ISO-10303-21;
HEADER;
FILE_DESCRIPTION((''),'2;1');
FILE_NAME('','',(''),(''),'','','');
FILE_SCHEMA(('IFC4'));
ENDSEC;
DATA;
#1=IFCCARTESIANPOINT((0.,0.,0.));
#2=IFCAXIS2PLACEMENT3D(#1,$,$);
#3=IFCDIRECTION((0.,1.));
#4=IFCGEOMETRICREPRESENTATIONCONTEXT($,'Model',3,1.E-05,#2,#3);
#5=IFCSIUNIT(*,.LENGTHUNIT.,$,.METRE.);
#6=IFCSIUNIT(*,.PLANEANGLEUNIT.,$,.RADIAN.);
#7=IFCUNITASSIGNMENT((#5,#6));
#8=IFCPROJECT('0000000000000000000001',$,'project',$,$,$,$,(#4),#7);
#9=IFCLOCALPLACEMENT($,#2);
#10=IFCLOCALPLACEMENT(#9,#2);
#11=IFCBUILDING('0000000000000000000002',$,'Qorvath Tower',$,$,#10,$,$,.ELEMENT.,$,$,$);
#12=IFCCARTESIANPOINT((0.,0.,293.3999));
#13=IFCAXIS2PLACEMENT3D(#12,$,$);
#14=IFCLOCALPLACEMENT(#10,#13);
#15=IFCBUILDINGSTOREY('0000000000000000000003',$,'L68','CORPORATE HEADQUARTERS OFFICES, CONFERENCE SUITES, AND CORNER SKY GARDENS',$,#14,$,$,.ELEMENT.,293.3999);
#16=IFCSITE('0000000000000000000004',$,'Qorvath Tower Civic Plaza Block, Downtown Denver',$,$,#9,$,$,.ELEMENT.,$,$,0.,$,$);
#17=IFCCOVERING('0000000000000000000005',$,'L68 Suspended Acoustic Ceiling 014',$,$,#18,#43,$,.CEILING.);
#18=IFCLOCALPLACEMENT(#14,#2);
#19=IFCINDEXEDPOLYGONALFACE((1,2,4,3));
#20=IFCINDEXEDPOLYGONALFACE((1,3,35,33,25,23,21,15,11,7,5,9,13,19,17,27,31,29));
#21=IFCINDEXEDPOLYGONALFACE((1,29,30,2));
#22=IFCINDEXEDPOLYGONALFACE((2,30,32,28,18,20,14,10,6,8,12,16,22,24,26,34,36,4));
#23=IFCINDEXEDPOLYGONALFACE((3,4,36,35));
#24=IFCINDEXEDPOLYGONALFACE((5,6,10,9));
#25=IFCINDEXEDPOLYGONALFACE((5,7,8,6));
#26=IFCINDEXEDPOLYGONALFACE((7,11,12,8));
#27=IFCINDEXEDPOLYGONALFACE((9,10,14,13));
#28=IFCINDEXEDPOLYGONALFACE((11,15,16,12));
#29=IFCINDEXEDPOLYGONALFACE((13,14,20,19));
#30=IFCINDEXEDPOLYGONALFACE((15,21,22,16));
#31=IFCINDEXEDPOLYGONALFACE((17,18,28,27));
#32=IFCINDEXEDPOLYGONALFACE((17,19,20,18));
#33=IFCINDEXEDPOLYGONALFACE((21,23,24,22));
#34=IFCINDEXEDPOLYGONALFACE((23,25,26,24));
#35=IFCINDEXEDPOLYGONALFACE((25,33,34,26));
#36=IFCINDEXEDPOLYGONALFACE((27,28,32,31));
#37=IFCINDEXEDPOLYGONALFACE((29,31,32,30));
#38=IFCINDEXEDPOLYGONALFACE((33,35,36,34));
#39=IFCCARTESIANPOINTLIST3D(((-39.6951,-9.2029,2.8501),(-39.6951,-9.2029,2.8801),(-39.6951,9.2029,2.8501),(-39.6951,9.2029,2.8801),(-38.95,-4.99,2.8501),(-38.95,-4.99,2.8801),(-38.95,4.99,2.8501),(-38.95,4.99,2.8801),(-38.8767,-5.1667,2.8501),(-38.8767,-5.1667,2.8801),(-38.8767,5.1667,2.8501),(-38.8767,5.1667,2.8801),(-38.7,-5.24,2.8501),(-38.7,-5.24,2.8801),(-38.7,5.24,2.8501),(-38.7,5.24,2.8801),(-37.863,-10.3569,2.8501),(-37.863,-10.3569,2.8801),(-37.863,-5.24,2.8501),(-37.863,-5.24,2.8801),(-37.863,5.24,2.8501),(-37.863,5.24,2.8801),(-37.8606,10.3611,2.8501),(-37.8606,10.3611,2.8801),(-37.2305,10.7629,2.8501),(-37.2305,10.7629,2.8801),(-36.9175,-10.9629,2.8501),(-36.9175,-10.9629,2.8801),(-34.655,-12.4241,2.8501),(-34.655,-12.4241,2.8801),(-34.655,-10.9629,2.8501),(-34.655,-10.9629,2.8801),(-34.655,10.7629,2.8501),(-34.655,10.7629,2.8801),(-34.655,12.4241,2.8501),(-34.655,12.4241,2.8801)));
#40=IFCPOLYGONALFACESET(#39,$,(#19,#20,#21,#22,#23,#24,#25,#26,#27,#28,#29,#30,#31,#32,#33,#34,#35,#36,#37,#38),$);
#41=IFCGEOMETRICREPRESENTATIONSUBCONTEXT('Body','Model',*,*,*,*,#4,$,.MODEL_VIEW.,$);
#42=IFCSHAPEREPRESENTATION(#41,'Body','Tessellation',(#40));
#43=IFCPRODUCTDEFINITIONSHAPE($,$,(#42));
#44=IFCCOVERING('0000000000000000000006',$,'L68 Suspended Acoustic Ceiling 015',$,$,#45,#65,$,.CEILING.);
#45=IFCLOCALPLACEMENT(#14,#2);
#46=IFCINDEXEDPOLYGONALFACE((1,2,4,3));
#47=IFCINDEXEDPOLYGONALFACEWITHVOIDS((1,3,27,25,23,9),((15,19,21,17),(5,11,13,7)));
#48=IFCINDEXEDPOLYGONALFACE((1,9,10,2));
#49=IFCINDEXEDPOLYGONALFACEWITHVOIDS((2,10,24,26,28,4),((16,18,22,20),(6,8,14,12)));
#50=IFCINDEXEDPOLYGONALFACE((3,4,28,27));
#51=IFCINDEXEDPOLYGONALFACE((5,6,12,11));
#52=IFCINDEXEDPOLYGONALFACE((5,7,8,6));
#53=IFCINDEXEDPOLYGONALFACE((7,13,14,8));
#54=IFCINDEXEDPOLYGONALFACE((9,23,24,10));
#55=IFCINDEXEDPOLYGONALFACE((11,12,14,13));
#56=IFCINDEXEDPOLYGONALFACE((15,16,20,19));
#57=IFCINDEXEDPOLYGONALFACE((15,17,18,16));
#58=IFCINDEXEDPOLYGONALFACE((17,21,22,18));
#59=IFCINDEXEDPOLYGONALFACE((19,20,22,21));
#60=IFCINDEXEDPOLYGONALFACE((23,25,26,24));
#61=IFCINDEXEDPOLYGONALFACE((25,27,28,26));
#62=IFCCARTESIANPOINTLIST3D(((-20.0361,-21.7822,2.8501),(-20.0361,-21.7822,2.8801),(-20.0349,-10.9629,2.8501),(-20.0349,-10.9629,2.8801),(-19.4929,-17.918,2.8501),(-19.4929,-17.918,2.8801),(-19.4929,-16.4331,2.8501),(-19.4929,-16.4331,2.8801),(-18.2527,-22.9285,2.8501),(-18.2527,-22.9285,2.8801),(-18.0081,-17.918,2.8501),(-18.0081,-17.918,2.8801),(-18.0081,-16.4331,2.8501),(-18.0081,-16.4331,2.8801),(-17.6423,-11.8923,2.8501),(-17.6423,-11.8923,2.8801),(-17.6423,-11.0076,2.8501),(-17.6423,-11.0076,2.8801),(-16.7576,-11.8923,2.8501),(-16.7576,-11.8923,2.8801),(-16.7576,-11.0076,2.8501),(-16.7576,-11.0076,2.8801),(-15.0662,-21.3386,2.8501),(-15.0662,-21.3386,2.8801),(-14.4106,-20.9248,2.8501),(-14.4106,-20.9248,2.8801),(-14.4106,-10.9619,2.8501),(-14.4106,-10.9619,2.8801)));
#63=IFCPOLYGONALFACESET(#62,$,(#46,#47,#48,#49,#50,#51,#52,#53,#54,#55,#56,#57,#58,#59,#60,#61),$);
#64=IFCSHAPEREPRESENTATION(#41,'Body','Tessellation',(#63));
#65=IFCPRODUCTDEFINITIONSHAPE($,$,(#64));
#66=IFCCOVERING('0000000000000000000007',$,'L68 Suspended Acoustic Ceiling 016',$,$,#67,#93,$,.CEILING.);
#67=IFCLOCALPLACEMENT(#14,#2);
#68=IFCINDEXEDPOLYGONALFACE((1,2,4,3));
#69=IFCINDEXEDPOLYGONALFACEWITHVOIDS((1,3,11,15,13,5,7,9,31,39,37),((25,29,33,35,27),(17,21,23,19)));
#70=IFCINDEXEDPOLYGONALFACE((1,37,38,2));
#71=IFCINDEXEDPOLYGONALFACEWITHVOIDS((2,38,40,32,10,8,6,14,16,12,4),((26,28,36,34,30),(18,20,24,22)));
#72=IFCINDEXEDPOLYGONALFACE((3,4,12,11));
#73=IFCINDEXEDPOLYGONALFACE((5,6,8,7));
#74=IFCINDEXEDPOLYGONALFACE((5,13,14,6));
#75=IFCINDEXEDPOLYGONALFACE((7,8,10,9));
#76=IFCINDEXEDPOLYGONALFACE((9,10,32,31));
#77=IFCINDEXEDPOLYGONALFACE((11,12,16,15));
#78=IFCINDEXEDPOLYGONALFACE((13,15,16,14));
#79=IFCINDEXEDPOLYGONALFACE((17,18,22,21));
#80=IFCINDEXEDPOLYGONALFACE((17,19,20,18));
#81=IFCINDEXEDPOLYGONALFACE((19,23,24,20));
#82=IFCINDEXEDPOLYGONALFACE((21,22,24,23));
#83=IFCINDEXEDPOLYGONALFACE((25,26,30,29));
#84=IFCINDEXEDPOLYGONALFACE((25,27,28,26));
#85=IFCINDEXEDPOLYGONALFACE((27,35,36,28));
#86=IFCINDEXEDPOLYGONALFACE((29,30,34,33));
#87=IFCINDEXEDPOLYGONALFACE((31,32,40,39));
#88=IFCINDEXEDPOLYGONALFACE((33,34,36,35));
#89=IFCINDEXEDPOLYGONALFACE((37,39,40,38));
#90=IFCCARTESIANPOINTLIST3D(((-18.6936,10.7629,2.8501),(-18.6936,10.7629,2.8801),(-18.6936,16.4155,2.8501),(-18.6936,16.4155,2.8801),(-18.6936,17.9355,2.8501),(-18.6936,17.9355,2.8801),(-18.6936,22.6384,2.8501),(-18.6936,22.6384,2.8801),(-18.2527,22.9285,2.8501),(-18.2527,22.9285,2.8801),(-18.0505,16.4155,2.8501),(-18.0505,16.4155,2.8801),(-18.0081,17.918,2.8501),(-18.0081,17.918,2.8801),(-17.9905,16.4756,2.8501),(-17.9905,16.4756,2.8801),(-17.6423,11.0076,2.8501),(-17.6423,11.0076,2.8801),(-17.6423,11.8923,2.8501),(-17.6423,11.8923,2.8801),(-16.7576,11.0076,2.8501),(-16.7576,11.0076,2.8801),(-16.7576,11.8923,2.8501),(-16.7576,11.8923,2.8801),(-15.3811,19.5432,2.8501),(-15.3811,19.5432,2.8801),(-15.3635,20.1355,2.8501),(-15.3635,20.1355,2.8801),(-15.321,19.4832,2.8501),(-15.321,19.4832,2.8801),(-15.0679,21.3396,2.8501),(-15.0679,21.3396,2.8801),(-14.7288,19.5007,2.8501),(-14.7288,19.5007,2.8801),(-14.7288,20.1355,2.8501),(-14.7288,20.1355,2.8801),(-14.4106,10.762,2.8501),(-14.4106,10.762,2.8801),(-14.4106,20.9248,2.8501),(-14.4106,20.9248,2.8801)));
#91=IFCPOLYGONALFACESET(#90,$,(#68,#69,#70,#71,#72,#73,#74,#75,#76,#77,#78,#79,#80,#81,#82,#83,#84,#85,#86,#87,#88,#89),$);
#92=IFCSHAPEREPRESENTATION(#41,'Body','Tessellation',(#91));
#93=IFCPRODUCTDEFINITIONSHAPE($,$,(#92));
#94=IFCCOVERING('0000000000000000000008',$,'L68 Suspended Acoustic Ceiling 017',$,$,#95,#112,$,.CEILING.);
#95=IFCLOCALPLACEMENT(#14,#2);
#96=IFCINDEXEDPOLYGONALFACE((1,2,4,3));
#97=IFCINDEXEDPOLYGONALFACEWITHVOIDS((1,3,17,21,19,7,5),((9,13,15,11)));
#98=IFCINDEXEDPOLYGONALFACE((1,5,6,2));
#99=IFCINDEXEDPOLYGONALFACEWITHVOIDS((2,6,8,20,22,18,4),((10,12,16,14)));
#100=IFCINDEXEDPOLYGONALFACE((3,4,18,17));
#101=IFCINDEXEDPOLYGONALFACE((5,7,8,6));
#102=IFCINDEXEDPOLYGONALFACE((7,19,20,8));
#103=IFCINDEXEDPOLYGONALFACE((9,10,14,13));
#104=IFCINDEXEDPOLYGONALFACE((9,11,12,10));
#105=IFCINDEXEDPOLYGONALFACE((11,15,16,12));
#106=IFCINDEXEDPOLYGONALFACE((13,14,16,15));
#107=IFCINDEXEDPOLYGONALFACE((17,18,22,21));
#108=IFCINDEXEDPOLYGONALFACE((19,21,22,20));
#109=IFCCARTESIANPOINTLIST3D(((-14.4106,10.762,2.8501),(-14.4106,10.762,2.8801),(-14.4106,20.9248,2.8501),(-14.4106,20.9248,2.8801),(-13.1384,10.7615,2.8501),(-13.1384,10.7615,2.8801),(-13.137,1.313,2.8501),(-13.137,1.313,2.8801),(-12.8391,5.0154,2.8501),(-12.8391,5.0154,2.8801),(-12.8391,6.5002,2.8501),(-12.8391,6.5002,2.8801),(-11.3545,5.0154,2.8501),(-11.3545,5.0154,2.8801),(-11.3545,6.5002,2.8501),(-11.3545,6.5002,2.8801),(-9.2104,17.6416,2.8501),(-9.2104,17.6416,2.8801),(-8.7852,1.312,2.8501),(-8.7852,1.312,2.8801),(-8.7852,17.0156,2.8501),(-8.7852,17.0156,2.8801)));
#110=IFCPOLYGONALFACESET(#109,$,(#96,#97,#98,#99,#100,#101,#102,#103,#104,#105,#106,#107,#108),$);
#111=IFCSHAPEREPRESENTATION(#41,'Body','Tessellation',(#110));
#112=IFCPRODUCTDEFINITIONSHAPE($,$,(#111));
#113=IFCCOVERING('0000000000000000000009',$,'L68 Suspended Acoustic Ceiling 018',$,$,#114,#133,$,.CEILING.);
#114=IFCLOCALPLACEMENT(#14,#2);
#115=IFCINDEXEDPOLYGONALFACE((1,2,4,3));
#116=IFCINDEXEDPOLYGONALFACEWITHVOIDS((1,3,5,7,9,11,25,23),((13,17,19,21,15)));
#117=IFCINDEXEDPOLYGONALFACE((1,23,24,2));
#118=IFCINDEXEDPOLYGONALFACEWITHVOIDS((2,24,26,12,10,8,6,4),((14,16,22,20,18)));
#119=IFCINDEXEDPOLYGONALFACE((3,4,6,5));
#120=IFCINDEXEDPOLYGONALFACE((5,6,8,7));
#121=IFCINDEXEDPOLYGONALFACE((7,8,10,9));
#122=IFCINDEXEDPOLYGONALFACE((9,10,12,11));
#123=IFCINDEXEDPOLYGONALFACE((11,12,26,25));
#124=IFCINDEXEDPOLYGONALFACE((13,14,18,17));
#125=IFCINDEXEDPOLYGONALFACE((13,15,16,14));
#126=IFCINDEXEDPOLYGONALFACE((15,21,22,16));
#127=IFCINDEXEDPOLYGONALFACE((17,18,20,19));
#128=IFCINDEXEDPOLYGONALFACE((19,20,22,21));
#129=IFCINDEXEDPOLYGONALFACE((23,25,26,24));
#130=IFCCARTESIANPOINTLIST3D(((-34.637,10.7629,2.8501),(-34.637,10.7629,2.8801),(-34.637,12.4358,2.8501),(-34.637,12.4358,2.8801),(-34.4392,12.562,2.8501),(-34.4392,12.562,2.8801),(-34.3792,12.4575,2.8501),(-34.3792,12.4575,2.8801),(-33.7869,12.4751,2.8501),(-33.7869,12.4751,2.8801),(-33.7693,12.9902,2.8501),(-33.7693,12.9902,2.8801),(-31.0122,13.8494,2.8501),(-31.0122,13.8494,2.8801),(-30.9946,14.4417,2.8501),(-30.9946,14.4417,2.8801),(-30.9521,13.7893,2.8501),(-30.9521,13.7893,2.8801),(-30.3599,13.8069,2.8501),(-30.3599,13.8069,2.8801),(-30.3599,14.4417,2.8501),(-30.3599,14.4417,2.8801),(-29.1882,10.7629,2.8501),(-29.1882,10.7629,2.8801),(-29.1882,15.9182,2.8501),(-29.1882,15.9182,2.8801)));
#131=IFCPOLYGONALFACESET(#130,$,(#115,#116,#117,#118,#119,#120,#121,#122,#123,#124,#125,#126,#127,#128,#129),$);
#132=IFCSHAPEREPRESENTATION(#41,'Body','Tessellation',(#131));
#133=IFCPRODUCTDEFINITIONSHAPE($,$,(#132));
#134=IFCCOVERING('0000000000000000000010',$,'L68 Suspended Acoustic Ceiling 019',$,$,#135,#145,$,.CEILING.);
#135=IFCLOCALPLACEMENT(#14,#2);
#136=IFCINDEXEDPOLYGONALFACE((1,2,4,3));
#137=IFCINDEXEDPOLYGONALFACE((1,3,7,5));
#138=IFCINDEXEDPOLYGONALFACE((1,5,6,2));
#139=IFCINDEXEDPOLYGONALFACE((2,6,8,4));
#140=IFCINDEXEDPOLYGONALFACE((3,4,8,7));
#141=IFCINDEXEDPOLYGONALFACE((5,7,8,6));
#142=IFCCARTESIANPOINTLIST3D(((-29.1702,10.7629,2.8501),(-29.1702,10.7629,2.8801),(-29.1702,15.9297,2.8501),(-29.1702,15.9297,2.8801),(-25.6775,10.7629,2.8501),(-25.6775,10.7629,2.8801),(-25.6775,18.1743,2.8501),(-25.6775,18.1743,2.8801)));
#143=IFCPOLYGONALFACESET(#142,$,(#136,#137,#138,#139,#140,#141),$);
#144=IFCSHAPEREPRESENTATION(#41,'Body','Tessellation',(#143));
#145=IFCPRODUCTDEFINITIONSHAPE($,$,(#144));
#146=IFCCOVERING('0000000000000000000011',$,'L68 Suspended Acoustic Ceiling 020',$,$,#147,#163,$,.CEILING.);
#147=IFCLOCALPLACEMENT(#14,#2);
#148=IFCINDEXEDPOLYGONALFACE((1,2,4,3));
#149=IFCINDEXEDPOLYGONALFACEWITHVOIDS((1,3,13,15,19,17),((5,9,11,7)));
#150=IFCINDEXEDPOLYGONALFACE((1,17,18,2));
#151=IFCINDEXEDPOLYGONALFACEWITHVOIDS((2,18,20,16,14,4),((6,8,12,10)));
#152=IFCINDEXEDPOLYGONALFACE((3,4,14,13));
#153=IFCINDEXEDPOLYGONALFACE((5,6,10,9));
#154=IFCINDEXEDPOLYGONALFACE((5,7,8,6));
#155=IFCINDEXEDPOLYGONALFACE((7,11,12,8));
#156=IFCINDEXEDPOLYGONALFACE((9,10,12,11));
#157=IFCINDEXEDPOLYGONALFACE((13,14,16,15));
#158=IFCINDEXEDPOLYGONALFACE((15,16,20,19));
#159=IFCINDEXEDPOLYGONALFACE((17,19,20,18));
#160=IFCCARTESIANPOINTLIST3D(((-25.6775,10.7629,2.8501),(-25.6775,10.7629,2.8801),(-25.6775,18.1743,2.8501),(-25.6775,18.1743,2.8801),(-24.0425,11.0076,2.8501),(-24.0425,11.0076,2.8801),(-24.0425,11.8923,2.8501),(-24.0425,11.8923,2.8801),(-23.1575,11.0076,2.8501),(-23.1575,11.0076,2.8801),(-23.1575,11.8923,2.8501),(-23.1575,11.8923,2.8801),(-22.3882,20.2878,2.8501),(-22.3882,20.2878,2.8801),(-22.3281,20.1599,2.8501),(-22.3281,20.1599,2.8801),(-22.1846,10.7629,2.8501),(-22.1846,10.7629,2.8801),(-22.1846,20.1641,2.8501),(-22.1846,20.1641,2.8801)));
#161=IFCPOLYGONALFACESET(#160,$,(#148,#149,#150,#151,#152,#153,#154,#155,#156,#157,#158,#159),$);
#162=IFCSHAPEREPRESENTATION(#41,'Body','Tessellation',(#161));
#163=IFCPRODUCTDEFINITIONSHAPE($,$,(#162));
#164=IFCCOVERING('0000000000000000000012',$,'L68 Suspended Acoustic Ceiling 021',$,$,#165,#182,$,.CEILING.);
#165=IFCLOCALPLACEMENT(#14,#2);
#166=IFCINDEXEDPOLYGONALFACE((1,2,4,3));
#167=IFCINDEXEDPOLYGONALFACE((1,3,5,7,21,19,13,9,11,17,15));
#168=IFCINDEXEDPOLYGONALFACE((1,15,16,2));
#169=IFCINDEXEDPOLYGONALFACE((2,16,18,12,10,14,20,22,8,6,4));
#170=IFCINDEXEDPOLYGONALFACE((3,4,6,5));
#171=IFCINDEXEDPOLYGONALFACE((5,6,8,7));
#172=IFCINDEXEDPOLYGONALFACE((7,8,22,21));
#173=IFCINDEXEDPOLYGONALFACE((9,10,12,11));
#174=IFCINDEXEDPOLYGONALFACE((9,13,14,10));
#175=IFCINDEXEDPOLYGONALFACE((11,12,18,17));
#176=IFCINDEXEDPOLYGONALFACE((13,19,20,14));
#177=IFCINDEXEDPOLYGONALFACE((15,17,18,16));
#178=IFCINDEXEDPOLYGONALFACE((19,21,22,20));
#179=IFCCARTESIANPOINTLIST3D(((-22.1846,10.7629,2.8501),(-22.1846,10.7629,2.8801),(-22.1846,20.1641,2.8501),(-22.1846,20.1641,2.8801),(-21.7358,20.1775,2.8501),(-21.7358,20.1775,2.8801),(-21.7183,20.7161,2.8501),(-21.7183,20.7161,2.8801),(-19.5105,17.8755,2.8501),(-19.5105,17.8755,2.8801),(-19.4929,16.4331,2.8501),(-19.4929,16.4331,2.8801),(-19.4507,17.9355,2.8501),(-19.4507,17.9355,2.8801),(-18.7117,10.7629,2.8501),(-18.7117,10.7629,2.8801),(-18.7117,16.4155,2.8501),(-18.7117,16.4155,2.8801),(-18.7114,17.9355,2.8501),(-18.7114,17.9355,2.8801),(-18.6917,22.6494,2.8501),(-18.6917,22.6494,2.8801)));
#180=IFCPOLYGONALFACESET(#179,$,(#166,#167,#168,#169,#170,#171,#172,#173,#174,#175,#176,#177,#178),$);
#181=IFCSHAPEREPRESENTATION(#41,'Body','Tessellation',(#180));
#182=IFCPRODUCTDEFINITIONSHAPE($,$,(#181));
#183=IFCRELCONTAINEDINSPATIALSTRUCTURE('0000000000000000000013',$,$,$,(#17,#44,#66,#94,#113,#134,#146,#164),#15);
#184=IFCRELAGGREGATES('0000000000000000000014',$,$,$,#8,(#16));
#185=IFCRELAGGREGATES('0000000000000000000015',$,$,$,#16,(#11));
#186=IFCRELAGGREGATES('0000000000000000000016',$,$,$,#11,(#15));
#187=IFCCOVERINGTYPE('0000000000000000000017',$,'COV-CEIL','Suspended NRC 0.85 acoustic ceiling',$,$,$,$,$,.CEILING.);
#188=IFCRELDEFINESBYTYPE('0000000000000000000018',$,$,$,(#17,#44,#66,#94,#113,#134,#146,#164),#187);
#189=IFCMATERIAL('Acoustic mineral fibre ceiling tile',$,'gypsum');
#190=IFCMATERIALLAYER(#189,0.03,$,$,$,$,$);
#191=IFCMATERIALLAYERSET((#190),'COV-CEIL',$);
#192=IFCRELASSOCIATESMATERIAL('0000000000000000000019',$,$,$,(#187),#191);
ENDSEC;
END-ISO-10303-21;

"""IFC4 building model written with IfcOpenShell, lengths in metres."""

from ifc_helpers import new_model, si_unit, direction, frame, origin, place, context, subcontext, project, spatial, polyline, outline, extrude, material, layer, layer_set, type_object, element, save


model = new_model("IFC4")

# Units and contexts
model_context = context("Model", 3, precision=1e-05, world=origin(), true_north=direction((0.0, 1.0)))
body_context = subcontext(model_context, "Body", "Model", "MODEL_VIEW")
ifc_project = project(units=[si_unit("LENGTHUNIT", "METRE"), si_unit("PLANEANGLEUNIT", "RADIAN")], contexts=[model_context])

# Site, building, storey
site_placement = place(None, origin())
site = spatial("IfcSite", under=ifc_project, at=site_placement, Name="Qorvath Tower Civic Plaza Block, Downtown Denver", CompositionType="ELEMENT", RefElevation=0.0)
building_placement = place(site_placement, origin())
building = spatial("IfcBuilding", under=site, at=building_placement, Name="Qorvath Tower", CompositionType="ELEMENT")
storey_placement = place(building_placement, frame((0.0, 0.0, 293.3999)))
storey = spatial("IfcBuildingStorey", under=building, at=storey_placement, Name="L68", Description="CORPORATE HEADQUARTERS OFFICES, CONFERENCE SUITES, AND CORNER SKY GARDENS", CompositionType="ELEMENT", Elevation=293.3999)

# Coverings
ifc_material_1 = material(Name="Acoustic mineral fibre ceiling tile", Category="gypsum")
ifc_layer_1 = layer(ifc_material_1, 0.03)
ifc_layer_set_1 = layer_set([ifc_layer_1], Name="COV-CEIL")
covering_type_1 = type_object("IfcCoveringType", Name="COV-CEIL", Description="Suspended NRC 0.85 acoustic ceiling", PredefinedType="CEILING", material=ifc_layer_set_1)
covering_1_placement = place(storey_placement, frame((0.0, 0.0, 2.8501)))
element("IfcCovering", 1, at=covering_1_placement, inside=storey, type_object=covering_type_1, Name="L68 Suspended Acoustic Ceiling 014", PredefinedType="CEILING", context=body_context, shape_type="SweptSolid", body=[
    extrude(outline(polyline([(-34.655, 10.7629), (-34.655, 12.4241), (-39.6951, 9.2029), (-39.6951, -9.2029), (-34.655, -12.4241), (-34.655, -10.9629), (-36.9175, -10.9629), (-37.863, -10.3569), (-37.863, -5.24), (-38.7, -5.24), (-38.8767, -5.1667), (-38.95, -4.99), (-38.95, 4.99), (-38.8767, 5.1667), (-38.7, 5.24), (-37.863, 5.24), (-37.8606, 10.3611), (-37.2305, 10.7629), (-34.655, 10.7629)])), origin(), (0.0, 0.0, 1.0), 0.03),
])
covering_2_placement = place(storey_placement, frame((0.0, 0.0, 2.8501)))
element("IfcCovering", 2, at=covering_2_placement, inside=storey, type_object=covering_type_1, Name="L68 Suspended Acoustic Ceiling 015", PredefinedType="CEILING", context=body_context, shape_type="SweptSolid", body=[
    extrude(outline(polyline([(-20.0349, -10.9629), (-20.0361, -21.7822), (-18.2527, -22.9285), (-15.0662, -21.3386), (-14.4106, -20.9248), (-14.4106, -10.9619), (-20.0349, -10.9629)]), holes=[polyline([(-17.6423, -11.8923), (-17.6423, -11.0076), (-16.7576, -11.0076), (-16.7576, -11.8923), (-17.6423, -11.8923)]), polyline([(-19.4929, -17.918), (-19.4929, -16.4331), (-18.0081, -16.4331), (-18.0081, -17.918), (-19.4929, -17.918)])]), origin(), (0.0, 0.0, 1.0), 0.03),
])
covering_3_placement = place(storey_placement, frame((0.0, 0.0, 2.8501)))
element("IfcCovering", 3, at=covering_3_placement, inside=storey, type_object=covering_type_1, Name="L68 Suspended Acoustic Ceiling 016", PredefinedType="CEILING", context=body_context, shape_type="SweptSolid", body=[
    extrude(outline(polyline([(-14.4106, 10.762), (-14.4106, 20.9248), (-15.0679, 21.3396), (-18.2527, 22.9285), (-18.6936, 22.6384), (-18.6936, 17.9355), (-18.0081, 17.918), (-17.9905, 16.4756), (-18.0505, 16.4155), (-18.6936, 16.4155), (-18.6936, 10.7629), (-14.4106, 10.762)]), holes=[polyline([(-15.3811, 19.5432), (-15.3635, 20.1355), (-14.7288, 20.1355), (-14.7288, 19.5007), (-15.321, 19.4832), (-15.3811, 19.5432)]), polyline([(-17.6423, 11.0076), (-17.6423, 11.8923), (-16.7576, 11.8923), (-16.7576, 11.0076), (-17.6423, 11.0076)])]), origin(), (0.0, 0.0, 1.0), 0.03),
])
covering_4_placement = place(storey_placement, frame((0.0, 0.0, 2.8501)))
element("IfcCovering", 4, at=covering_4_placement, inside=storey, type_object=covering_type_1, Name="L68 Suspended Acoustic Ceiling 017", PredefinedType="CEILING", context=body_context, shape_type="SweptSolid", body=[
    extrude(outline(polyline([(-8.7852, 1.312), (-8.7852, 17.0156), (-9.2104, 17.6416), (-14.4106, 20.9248), (-14.4106, 10.762), (-13.1384, 10.7615), (-13.137, 1.313), (-8.7852, 1.312)]), holes=[polyline([(-12.8391, 5.0154), (-12.8391, 6.5002), (-11.3545, 6.5002), (-11.3545, 5.0154), (-12.8391, 5.0154)])]), origin(), (0.0, 0.0, 1.0), 0.03),
])
covering_5_placement = place(storey_placement, frame((0.0, 0.0, 2.8501)))
element("IfcCovering", 5, at=covering_5_placement, inside=storey, type_object=covering_type_1, Name="L68 Suspended Acoustic Ceiling 018", PredefinedType="CEILING", context=body_context, shape_type="SweptSolid", body=[
    extrude(outline(polyline([(-29.1882, 15.9182), (-33.7693, 12.9902), (-33.7869, 12.4751), (-34.3792, 12.4575), (-34.4392, 12.562), (-34.637, 12.4358), (-34.637, 10.7629), (-29.1882, 10.7629), (-29.1882, 15.9182)]), holes=[polyline([(-30.9946, 14.4417), (-30.3599, 14.4417), (-30.3599, 13.8069), (-30.9521, 13.7893), (-31.0122, 13.8494), (-30.9946, 14.4417)])]), origin(), (0.0, 0.0, 1.0), 0.03),
])
covering_6_placement = place(storey_placement, frame((0.0, 0.0, 2.8501)))
element("IfcCovering", 6, at=covering_6_placement, inside=storey, type_object=covering_type_1, Name="L68 Suspended Acoustic Ceiling 019", PredefinedType="CEILING", context=body_context, shape_type="SweptSolid", body=[
    extrude(outline(polyline([(-25.6775, 10.7629), (-25.6775, 18.1743), (-29.1702, 15.9297), (-29.1702, 10.7629), (-25.6775, 10.7629)])), origin(), (0.0, 0.0, 1.0), 0.03),
])
covering_7_placement = place(storey_placement, frame((0.0, 0.0, 2.8501)))
element("IfcCovering", 7, at=covering_7_placement, inside=storey, type_object=covering_type_1, Name="L68 Suspended Acoustic Ceiling 020", PredefinedType="CEILING", context=body_context, shape_type="SweptSolid", body=[
    extrude(outline(polyline([(-22.3882, 20.2878), (-25.6775, 18.1743), (-25.6775, 10.7629), (-22.1846, 10.7629), (-22.1846, 20.1641), (-22.3281, 20.1599), (-22.3882, 20.2878)]), holes=[polyline([(-24.0425, 11.0076), (-24.0425, 11.8923), (-23.1575, 11.8923), (-23.1575, 11.0076), (-24.0425, 11.0076)])]), origin(), (0.0, 0.0, 1.0), 0.03),
])
covering_8_placement = place(storey_placement, frame((0.0, 0.0, 2.8501)))
element("IfcCovering", 8, at=covering_8_placement, inside=storey, type_object=covering_type_1, Name="L68 Suspended Acoustic Ceiling 021", PredefinedType="CEILING", context=body_context, shape_type="SweptSolid", body=[
    extrude(outline(polyline([(-22.1846, 20.1641), (-22.1846, 10.7629), (-18.7117, 10.7629), (-18.7117, 16.4155), (-19.4929, 16.4331), (-19.5105, 17.8755), (-19.4507, 17.9355), (-18.7114, 17.9355), (-18.6917, 22.6494), (-21.7183, 20.7161), (-21.7358, 20.1775), (-22.1846, 20.1641)])), origin(), (0.0, 0.0, 1.0), 0.03),
])

save(model, "model.ifc")
